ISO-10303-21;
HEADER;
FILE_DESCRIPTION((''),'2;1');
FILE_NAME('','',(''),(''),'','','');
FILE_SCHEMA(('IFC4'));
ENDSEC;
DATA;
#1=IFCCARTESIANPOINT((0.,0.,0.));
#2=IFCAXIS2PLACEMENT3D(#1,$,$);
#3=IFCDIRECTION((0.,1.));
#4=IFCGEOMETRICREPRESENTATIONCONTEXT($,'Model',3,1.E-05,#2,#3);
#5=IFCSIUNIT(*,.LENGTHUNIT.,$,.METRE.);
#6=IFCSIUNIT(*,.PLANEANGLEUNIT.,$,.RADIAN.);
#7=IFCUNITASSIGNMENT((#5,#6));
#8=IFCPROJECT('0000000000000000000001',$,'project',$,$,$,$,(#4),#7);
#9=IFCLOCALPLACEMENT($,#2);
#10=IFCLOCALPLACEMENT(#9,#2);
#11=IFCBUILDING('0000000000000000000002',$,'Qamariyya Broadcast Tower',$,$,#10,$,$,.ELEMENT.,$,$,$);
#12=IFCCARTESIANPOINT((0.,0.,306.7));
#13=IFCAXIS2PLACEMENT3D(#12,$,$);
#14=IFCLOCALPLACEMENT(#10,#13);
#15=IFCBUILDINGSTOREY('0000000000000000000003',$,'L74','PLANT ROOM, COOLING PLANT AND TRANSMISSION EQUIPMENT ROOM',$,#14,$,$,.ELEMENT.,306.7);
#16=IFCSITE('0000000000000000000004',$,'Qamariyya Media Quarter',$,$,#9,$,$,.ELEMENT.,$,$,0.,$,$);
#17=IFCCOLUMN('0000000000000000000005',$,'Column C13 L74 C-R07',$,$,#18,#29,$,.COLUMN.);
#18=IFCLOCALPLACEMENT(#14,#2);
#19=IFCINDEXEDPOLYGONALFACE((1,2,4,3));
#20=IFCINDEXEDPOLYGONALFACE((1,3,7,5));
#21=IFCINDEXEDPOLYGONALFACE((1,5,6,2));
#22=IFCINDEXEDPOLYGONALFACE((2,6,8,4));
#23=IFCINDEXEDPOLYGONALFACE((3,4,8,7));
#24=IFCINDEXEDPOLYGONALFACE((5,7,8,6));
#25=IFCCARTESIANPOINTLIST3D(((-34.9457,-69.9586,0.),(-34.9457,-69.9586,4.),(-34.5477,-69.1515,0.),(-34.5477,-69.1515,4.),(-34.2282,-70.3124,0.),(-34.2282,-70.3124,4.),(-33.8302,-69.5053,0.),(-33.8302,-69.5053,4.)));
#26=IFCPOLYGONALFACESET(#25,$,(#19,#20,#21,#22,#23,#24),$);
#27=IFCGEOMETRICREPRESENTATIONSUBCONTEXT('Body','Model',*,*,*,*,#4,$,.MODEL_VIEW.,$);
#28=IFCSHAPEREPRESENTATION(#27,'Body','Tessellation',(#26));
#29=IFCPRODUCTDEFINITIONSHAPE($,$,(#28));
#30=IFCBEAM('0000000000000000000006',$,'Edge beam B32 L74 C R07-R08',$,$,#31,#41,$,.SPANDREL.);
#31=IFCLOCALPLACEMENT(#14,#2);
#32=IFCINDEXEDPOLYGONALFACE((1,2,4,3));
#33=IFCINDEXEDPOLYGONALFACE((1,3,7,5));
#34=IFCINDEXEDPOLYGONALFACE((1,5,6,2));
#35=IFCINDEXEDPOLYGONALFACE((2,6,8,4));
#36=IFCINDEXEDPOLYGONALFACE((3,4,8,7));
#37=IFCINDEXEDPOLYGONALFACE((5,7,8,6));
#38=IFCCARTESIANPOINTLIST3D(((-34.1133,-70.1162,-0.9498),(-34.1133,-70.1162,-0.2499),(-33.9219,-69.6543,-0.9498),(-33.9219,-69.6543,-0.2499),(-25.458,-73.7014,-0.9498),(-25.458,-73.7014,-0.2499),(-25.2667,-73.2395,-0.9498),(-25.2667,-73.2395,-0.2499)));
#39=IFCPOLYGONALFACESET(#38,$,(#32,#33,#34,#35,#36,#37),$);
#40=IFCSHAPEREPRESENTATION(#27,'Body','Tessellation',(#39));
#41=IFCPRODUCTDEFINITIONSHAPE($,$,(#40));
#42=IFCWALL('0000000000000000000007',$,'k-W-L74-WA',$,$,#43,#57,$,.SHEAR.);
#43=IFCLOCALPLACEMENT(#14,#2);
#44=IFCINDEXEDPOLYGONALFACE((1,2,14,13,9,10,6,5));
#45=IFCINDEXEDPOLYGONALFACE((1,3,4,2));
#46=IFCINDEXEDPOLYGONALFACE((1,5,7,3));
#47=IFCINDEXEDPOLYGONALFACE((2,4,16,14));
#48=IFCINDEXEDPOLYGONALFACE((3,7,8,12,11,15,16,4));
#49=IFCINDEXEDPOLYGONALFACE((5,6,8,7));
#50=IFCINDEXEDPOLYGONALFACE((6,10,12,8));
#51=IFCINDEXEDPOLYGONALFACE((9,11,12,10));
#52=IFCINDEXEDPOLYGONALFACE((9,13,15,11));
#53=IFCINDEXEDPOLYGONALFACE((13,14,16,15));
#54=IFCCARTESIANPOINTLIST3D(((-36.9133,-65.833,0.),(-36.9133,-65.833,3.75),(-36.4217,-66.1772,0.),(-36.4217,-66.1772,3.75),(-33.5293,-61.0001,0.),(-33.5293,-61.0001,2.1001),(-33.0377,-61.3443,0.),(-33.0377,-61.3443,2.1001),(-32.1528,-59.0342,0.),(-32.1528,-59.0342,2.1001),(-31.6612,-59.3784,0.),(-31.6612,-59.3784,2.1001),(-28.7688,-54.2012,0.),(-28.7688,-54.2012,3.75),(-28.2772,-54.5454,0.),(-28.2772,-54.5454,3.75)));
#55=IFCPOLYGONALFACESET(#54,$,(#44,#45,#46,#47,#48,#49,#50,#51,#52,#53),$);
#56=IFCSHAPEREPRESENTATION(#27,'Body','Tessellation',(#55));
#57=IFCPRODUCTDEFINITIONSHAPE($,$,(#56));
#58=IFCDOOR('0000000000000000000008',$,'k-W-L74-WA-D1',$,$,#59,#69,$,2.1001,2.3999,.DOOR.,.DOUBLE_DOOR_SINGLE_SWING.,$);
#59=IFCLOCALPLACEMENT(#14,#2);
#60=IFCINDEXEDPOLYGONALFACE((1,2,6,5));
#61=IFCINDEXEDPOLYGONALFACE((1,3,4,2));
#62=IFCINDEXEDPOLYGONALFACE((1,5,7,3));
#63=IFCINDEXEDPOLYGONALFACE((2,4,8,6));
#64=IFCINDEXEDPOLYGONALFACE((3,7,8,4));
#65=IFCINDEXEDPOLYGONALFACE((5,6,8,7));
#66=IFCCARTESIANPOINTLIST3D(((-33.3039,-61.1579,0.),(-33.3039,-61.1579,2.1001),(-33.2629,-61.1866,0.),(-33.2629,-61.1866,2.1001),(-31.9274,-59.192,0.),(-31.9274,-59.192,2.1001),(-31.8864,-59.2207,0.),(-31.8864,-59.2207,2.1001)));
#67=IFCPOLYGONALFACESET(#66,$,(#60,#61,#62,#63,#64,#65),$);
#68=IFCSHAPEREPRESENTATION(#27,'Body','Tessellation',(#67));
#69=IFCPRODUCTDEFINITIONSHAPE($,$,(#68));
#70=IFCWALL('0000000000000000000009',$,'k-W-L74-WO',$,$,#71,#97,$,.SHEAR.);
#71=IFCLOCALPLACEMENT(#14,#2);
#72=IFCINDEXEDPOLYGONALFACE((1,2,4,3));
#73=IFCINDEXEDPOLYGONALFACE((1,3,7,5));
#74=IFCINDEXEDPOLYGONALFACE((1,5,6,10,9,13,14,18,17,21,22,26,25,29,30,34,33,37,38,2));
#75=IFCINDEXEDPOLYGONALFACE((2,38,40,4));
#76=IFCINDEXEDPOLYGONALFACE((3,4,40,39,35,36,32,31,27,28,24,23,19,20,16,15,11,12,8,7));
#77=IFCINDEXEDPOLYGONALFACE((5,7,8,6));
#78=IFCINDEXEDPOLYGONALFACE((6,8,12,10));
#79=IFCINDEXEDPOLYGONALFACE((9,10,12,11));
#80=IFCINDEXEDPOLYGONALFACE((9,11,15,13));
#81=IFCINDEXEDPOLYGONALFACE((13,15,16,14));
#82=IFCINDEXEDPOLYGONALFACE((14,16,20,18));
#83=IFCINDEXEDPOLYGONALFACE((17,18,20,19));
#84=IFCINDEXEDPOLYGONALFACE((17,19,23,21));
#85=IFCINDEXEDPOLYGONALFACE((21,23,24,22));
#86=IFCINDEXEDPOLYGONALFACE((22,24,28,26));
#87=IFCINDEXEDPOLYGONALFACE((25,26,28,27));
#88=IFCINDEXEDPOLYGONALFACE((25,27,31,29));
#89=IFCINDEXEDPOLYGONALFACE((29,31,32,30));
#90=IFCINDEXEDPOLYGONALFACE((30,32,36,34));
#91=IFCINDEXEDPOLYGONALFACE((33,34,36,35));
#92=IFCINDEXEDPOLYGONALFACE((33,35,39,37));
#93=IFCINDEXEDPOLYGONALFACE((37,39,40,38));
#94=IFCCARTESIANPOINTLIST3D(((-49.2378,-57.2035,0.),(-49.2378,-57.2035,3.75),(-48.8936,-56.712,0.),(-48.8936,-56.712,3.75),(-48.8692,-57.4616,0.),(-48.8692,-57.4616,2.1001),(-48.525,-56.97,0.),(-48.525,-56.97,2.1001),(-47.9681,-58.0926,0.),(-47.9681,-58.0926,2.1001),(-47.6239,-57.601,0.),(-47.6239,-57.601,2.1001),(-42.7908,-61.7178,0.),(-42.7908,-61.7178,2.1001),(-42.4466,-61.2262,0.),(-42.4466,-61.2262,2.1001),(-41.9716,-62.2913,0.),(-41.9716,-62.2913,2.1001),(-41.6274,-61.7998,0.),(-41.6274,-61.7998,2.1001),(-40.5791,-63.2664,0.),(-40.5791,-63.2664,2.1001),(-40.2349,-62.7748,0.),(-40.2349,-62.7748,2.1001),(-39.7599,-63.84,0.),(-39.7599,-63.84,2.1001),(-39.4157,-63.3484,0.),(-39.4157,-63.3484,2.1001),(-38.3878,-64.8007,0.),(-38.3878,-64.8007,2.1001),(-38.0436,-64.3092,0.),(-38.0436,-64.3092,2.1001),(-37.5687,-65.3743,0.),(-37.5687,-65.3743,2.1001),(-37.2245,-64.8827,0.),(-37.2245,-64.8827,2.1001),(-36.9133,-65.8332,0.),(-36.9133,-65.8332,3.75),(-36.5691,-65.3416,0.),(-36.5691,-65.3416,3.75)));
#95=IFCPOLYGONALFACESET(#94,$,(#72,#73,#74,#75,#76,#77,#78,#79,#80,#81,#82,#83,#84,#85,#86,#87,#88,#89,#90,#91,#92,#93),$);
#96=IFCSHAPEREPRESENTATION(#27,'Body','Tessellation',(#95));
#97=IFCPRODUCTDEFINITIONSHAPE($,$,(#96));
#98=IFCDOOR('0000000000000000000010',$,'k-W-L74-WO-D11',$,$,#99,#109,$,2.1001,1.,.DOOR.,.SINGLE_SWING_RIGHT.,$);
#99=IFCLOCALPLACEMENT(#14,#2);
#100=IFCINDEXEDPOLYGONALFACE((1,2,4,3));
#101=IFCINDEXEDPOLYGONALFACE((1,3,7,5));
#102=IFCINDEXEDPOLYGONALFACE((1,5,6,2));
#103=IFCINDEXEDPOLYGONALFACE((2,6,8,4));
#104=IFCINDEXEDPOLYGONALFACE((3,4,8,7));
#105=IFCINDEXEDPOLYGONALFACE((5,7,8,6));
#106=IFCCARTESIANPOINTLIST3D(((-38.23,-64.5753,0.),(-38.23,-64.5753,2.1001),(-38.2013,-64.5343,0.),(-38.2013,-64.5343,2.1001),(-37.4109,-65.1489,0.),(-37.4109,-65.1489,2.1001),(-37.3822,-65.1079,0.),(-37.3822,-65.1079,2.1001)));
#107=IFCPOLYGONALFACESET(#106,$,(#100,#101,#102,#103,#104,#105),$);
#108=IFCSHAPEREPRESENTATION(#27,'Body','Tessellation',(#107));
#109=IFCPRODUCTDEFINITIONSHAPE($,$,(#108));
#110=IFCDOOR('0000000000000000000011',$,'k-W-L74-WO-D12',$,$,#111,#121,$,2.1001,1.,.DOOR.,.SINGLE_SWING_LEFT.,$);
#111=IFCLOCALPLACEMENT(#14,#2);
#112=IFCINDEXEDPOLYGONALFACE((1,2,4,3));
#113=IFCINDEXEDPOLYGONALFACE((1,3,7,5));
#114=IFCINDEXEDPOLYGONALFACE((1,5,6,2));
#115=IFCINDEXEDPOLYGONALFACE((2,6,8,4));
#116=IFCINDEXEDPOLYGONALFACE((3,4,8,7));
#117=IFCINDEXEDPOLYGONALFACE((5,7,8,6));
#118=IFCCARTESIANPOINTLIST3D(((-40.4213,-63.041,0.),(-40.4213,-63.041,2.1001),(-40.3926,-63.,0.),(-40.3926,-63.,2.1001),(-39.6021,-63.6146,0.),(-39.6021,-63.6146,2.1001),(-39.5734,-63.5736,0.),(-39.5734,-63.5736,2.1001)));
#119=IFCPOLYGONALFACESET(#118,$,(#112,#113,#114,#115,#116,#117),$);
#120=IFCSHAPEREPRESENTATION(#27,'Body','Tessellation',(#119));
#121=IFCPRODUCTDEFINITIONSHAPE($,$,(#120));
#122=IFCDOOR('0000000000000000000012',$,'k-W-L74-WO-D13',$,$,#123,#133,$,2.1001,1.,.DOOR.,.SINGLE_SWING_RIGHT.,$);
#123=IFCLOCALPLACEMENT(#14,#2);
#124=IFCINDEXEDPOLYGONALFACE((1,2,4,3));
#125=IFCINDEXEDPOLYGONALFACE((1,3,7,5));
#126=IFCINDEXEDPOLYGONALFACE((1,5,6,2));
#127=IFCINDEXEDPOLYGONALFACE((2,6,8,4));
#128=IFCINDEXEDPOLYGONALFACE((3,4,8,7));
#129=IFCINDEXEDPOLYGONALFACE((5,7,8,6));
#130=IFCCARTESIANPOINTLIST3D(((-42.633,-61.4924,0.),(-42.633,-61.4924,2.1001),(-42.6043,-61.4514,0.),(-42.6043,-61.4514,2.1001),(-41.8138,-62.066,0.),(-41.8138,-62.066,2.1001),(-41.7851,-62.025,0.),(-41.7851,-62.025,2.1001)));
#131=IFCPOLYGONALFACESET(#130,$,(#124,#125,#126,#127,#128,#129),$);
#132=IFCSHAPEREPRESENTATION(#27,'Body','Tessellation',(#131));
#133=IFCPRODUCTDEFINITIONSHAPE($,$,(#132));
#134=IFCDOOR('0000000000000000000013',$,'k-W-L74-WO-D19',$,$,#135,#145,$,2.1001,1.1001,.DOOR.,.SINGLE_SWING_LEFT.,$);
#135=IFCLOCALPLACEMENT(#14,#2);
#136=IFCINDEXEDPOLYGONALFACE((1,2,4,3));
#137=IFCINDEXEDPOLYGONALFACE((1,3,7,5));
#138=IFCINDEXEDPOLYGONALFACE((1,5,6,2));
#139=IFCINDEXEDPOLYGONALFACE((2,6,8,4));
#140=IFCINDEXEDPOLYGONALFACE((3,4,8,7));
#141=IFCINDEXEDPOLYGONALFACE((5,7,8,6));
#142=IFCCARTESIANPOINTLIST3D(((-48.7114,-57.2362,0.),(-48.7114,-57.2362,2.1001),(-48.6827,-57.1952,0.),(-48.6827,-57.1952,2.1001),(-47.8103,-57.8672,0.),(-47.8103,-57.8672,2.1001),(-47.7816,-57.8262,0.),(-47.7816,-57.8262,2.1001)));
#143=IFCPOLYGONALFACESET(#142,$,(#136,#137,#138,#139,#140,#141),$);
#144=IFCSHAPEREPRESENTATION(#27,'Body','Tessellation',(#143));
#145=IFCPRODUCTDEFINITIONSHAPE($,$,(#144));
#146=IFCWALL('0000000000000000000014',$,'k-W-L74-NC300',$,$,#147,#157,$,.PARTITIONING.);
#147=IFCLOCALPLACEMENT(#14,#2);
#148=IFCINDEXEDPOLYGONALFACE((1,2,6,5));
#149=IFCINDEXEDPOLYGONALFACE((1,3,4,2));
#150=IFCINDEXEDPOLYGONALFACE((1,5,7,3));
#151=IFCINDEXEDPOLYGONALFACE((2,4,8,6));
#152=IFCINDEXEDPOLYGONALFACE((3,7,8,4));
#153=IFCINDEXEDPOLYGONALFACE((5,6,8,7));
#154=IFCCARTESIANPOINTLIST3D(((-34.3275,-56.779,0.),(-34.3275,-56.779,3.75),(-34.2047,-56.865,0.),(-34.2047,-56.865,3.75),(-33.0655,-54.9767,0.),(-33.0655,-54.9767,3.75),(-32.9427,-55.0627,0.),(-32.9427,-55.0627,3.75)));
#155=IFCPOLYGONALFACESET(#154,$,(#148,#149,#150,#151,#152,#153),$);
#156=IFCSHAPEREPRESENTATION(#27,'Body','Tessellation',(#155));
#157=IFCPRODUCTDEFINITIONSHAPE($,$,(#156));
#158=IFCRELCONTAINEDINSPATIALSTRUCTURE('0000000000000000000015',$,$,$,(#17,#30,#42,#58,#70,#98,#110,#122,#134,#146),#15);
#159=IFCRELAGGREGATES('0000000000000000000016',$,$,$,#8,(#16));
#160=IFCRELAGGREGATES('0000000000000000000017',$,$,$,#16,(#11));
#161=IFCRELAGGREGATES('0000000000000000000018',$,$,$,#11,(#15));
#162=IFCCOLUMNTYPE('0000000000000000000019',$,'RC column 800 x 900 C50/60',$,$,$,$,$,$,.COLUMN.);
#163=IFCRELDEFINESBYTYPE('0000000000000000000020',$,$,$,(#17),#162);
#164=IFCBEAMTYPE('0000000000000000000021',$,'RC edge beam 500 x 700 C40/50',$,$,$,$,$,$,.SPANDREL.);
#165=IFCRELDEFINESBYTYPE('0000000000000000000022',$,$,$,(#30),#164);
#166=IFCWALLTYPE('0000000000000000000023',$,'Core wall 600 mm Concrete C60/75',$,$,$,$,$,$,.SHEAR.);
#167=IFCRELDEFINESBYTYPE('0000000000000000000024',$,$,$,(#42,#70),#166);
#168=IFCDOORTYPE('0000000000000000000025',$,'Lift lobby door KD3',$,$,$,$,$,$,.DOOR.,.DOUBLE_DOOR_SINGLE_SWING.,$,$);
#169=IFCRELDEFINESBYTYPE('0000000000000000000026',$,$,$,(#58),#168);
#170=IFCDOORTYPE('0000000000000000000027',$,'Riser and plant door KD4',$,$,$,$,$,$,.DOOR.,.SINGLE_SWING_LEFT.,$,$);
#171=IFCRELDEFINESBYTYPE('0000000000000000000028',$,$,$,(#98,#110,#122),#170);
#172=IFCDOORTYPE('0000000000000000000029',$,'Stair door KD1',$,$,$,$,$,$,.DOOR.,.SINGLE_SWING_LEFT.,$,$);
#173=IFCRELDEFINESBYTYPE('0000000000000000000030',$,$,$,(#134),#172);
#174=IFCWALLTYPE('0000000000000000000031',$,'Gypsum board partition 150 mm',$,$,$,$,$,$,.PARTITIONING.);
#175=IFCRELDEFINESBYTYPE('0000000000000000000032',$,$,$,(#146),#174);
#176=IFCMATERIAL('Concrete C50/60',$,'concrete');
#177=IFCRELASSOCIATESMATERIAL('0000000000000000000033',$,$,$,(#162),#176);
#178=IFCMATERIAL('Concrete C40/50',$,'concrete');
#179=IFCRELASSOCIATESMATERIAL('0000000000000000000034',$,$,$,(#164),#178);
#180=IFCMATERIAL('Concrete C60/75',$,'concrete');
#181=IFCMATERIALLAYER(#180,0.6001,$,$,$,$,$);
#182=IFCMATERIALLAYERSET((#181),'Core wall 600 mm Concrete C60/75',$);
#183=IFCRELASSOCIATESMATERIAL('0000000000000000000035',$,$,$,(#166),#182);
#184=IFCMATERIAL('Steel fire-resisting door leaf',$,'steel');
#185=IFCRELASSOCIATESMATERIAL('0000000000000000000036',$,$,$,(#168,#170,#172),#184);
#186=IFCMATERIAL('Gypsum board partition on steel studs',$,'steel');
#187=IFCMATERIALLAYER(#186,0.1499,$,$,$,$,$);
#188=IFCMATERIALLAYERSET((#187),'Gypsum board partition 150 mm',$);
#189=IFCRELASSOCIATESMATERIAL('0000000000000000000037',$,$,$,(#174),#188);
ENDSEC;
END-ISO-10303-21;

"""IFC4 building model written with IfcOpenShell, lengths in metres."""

from ifc_helpers import new_model, si_unit, direction, frame, frame_2d, origin, origin_2d, place, context, subcontext, project, spatial, rectangle, extrude, material, layer, layer_set, material_profile, profile_set, type_object, element, fill, save


model = new_model("IFC4")

# Units and contexts
model_context = context("Model", 3, precision=1e-05, world=origin(), true_north=direction((0.0, 1.0)))
body_context = subcontext(model_context, "Body", "Model", "MODEL_VIEW")
ifc_project = project(units=[si_unit("LENGTHUNIT", "METRE"), si_unit("PLANEANGLEUNIT", "RADIAN")], contexts=[model_context])

# Site, building, storey
site_placement = place(None, origin())
site = spatial("IfcSite", under=ifc_project, at=site_placement, Name="Qamariyya Media Quarter", CompositionType="ELEMENT", RefElevation=0.0)
building_placement = place(site_placement, origin())
building = spatial("IfcBuilding", under=site, at=building_placement, Name="Qamariyya Broadcast Tower", CompositionType="ELEMENT")
storey_placement = place(building_placement, frame((0.0, 0.0, 306.7)))
storey = spatial("IfcBuildingStorey", under=building, at=storey_placement, Name="L74", Description="PLANT ROOM, COOLING PLANT AND TRANSMISSION EQUIPMENT ROOM", CompositionType="ELEMENT", Elevation=306.7)

# Column
ifc_material_1 = material(Name="Concrete C50/60", Category="concrete")
ifc_material_profile_1 = material_profile(ifc_material_1, rectangle(XDim=0.8, YDim=0.8999, at=origin_2d()))
ifc_profile_set_1 = profile_set([ifc_material_profile_1], Name="Concrete C50/60")
column_type = type_object("IfcColumnType", Name="RC column 800 x 900 C50/60", PredefinedType="COLUMN", material=ifc_profile_set_1)
column_placement = place(storey_placement, frame((-34.3879, -69.7319, 0.0), z_axis=(0.0, 0.0, 1.0), x_axis=(0.896873, -0.442289, 0.0)))
element("IfcColumn", 1, at=column_placement, inside=storey, type_object=column_type, Name="Column C13 L74 C-R07", PredefinedType="COLUMN", context=body_context, shape_type="SweptSolid", body=[
    extrude(rectangle(XDim=0.8, YDim=0.8999, at=origin_2d()), origin(), (0.0, 0.0, 1.0), 4.0),
])

# Beam
ifc_material_2 = material(Name="Concrete C40/50", Category="concrete")
ifc_material_profile_2 = material_profile(ifc_material_2, rectangle(XDim=0.5, YDim=0.7, at=origin_2d()))
ifc_profile_set_2 = profile_set([ifc_material_profile_2], Name="Concrete C40/50")
beam_type = type_object("IfcBeamType", Name="RC edge beam 500 x 700 C40/50", PredefinedType="SPANDREL", material=ifc_profile_set_2)
beam_placement = place(storey_placement, frame((-34.0176, -69.8853, -0.5999), z_axis=(0.923877, -0.38269, 0.0), x_axis=(0.38269, 0.923877, 0.0)))
element("IfcBeam", 2, at=beam_placement, inside=storey, type_object=beam_type, Name="Edge beam B32 L74 C R07-R08", PredefinedType="SPANDREL", context=body_context, shape_type="SweptSolid", body=[
    extrude(rectangle(XDim=0.5, YDim=0.7, at=origin_2d()), origin(), (0.0, 0.0, 1.0), 9.3684),
])

# Wall, opening, door
ifc_material_3 = material(Name="Concrete C60/75", Category="concrete")
ifc_layer_1 = layer(ifc_material_3, 0.6001)
ifc_layer_set_1 = layer_set([ifc_layer_1], Name="Core wall 600 mm Concrete C60/75")
wall_type_1 = type_object("IfcWallType", Name="Core wall 600 mm Concrete C60/75", PredefinedType="SHEAR", material=ifc_layer_set_1)
wall_1_placement = place(storey_placement, frame((-36.6675, -66.0051, 0.0), z_axis=(0.0, 0.0, 1.0), x_axis=(0.573568, 0.819158, 0.0)))
wall_1 = element("IfcWall", 3, at=wall_1_placement, inside=storey, type_object=wall_type_1, Name="k-W-L74-WA", PredefinedType="SHEAR", context=body_context, shape_type="SweptSolid", body=[
    extrude(rectangle(XDim=14.1997, YDim=0.6001, at=frame_2d((7.0999, 0.0))), origin(), (0.0, 0.0, 1.0), 3.75),
])
opening_1_placement = place(wall_1_placement, frame((5.8999, 0.0, 0.0)))
opening_1 = element("IfcOpeningElement", 4, at=opening_1_placement, cuts=wall_1, PredefinedType="OPENING", context=body_context, shape_type="SweptSolid", body=[
    extrude(rectangle(XDim=2.3999, YDim=2.1001, at=frame_2d((1.2, 1.05))), frame((0.0, 0.3101, 0.0), z_axis=(0.0, -1.0, 0.0), x_axis=(1.0, 0.0, 0.0)), (0.0, 0.0, 1.0), 0.6201),
])
ifc_material_4 = material(Name="Steel fire-resisting door leaf", Category="steel")
door_type_1 = type_object("IfcDoorType", Name="Lift lobby door KD3", OperationType="DOUBLE_DOOR_SINGLE_SWING", PredefinedType="DOOR", material=ifc_material_4)
door_1_placement = place(opening_1_placement, origin())
door_1 = element("IfcDoor", 5, at=door_1_placement, inside=storey, type_object=door_type_1, Name="k-W-L74-WA-D1", OperationType="DOUBLE_DOOR_SINGLE_SWING", OverallHeight=2.1001, OverallWidth=2.3999, PredefinedType="DOOR", context=body_context, shape_type="SweptSolid", body=[
    extrude(rectangle(XDim=2.3999, YDim=2.1001, at=frame_2d((1.2, 1.05))), frame((0.0, 0.0249, 0.0), z_axis=(0.0, -1.0, 0.0), x_axis=(1.0, 0.0, 0.0)), (0.0, 0.0, 1.0), 0.05),
])
fill(opening_1, door_1)

# Wall, openings, doors
wall_2_placement = place(storey_placement, frame((-36.7412, -65.5874, 0.0), z_axis=(0.0, 0.0, 1.0), x_axis=(-0.819153, 0.573575, 0.0)))
wall_2 = element("IfcWall", 6, at=wall_2_placement, inside=storey, type_object=wall_type_1, Name="k-W-L74-WO", PredefinedType="SHEAR", context=body_context, shape_type="SweptSolid", body=[
    extrude(rectangle(XDim=15.0454, YDim=0.6001, at=frame_2d((7.5227, 0.0))), origin(), (0.0, 0.0, 1.0), 3.75),
])
opening_2_placement = place(wall_2_placement, frame((0.8, 0.0, 0.0)))
opening_2 = element("IfcOpeningElement", 7, at=opening_2_placement, cuts=wall_2, PredefinedType="OPENING", context=body_context, shape_type="SweptSolid", body=[
    extrude(rectangle(XDim=1.0, YDim=2.1001, at=frame_2d((0.5, 1.05))), frame((0.0, 0.3101, 0.0), z_axis=(0.0, -1.0, 0.0), x_axis=(1.0, 0.0, 0.0)), (0.0, 0.0, 1.0), 0.6201),
])
opening_3_placement = place(wall_2_placement, frame((3.4751, 0.0, 0.0)))
opening_3 = element("IfcOpeningElement", 8, at=opening_3_placement, cuts=wall_2, PredefinedType="OPENING", context=body_context, shape_type="SweptSolid", body=[
    extrude(rectangle(XDim=1.0, YDim=2.1001, at=frame_2d((0.5, 1.05))), frame((0.0, 0.3101, 0.0), z_axis=(0.0, -1.0, 0.0), x_axis=(1.0, 0.0, 0.0)), (0.0, 0.0, 1.0), 0.6201),
])
opening_4_placement = place(wall_2_placement, frame((6.175, 0.0, 0.0)))
opening_4 = element("IfcOpeningElement", 9, at=opening_4_placement, cuts=wall_2, PredefinedType="OPENING", context=body_context, shape_type="SweptSolid", body=[
    extrude(rectangle(XDim=1.0, YDim=2.1001, at=frame_2d((0.5, 1.05))), frame((0.0, 0.3101, 0.0), z_axis=(0.0, -1.0, 0.0), x_axis=(1.0, 0.0, 0.0)), (0.0, 0.0, 1.0), 0.6201),
])
opening_5_placement = place(wall_2_placement, frame((13.4954, 0.0, 0.0)))
opening_5 = element("IfcOpeningElement", 10, at=opening_5_placement, cuts=wall_2, PredefinedType="OPENING", context=body_context, shape_type="SweptSolid", body=[
    extrude(rectangle(XDim=1.1001, YDim=2.1001, at=frame_2d((0.55, 1.05))), frame((0.0, 0.3101, 0.0), z_axis=(0.0, -1.0, 0.0), x_axis=(1.0, 0.0, 0.0)), (0.0, 0.0, 1.0), 0.6201),
])
door_type_2 = type_object("IfcDoorType", Name="Riser and plant door KD4", OperationType="SINGLE_SWING_LEFT", PredefinedType="DOOR", material=ifc_material_4)
door_2_placement = place(opening_2_placement, origin())
door_2 = element("IfcDoor", 11, at=door_2_placement, inside=storey, type_object=door_type_2, Name="k-W-L74-WO-D11", OperationType="SINGLE_SWING_RIGHT", OverallHeight=2.1001, OverallWidth=1.0, PredefinedType="DOOR", context=body_context, shape_type="SweptSolid", body=[
    extrude(rectangle(XDim=1.0, YDim=2.1001, at=frame_2d((0.5, 1.05))), frame((0.0, 0.0249, 0.0), z_axis=(0.0, -1.0, 0.0), x_axis=(1.0, 0.0, 0.0)), (0.0, 0.0, 1.0), 0.05),
])
fill(opening_2, door_2)
door_3_placement = place(opening_3_placement, origin())
door_3 = element("IfcDoor", 12, at=door_3_placement, inside=storey, type_object=door_type_2, Name="k-W-L74-WO-D12", OperationType="SINGLE_SWING_LEFT", OverallHeight=2.1001, OverallWidth=1.0, PredefinedType="DOOR", context=body_context, shape_type="SweptSolid", body=[
    extrude(rectangle(XDim=1.0, YDim=2.1001, at=frame_2d((0.5, 1.05))), frame((0.0, 0.0249, 0.0), z_axis=(0.0, -1.0, 0.0), x_axis=(1.0, 0.0, 0.0)), (0.0, 0.0, 1.0), 0.05),
])
fill(opening_3, door_3)
door_4_placement = place(opening_4_placement, origin())
door_4 = element("IfcDoor", 13, at=door_4_placement, inside=storey, type_object=door_type_2, Name="k-W-L74-WO-D13", OperationType="SINGLE_SWING_RIGHT", OverallHeight=2.1001, OverallWidth=1.0, PredefinedType="DOOR", context=body_context, shape_type="SweptSolid", body=[
    extrude(rectangle(XDim=1.0, YDim=2.1001, at=frame_2d((0.5, 1.05))), frame((0.0, 0.0249, 0.0), z_axis=(0.0, -1.0, 0.0), x_axis=(1.0, 0.0, 0.0)), (0.0, 0.0, 1.0), 0.05),
])
fill(opening_4, door_4)
door_type_3 = type_object("IfcDoorType", Name="Stair door KD1", OperationType="SINGLE_SWING_LEFT", PredefinedType="DOOR", material=ifc_material_4)
door_5_placement = place(opening_5_placement, origin())
door_5 = element("IfcDoor", 14, at=door_5_placement, inside=storey, type_object=door_type_3, Name="k-W-L74-WO-D19", OperationType="SINGLE_SWING_LEFT", OverallHeight=2.1001, OverallWidth=1.1001, PredefinedType="DOOR", context=body_context, shape_type="SweptSolid", body=[
    extrude(rectangle(XDim=1.1001, YDim=2.1001, at=frame_2d((0.55, 1.05))), frame((0.0, 0.0249, 0.0), z_axis=(0.0, -1.0, 0.0), x_axis=(1.0, 0.0, 0.0)), (0.0, 0.0, 1.0), 0.05),
])
fill(opening_5, door_5)

# Wall
ifc_material_5 = material(Name="Gypsum board partition on steel studs", Category="steel")
ifc_layer_2 = layer(ifc_material_5, 0.1499)
ifc_layer_set_2 = layer_set([ifc_layer_2], Name="Gypsum board partition 150 mm")
wall_type_2 = type_object("IfcWallType", Name="Gypsum board partition 150 mm", PredefinedType="PARTITIONING", material=ifc_layer_set_2)
wall_3_placement = place(storey_placement, frame((-34.2661, -56.822, 0.0), z_axis=(0.0, 0.0, 1.0), x_axis=(0.573581, 0.819149, 0.0)))
element("IfcWall", 15, at=wall_3_placement, inside=storey, type_object=wall_type_2, Name="k-W-L74-NC300", PredefinedType="PARTITIONING", context=body_context, shape_type="SweptSolid", body=[
    extrude(rectangle(XDim=2.2002, YDim=0.1499, at=frame_2d((1.1001, 0.0))), origin(), (0.0, 0.0, 1.0), 3.75),
])

save(model, "model.ifc")
